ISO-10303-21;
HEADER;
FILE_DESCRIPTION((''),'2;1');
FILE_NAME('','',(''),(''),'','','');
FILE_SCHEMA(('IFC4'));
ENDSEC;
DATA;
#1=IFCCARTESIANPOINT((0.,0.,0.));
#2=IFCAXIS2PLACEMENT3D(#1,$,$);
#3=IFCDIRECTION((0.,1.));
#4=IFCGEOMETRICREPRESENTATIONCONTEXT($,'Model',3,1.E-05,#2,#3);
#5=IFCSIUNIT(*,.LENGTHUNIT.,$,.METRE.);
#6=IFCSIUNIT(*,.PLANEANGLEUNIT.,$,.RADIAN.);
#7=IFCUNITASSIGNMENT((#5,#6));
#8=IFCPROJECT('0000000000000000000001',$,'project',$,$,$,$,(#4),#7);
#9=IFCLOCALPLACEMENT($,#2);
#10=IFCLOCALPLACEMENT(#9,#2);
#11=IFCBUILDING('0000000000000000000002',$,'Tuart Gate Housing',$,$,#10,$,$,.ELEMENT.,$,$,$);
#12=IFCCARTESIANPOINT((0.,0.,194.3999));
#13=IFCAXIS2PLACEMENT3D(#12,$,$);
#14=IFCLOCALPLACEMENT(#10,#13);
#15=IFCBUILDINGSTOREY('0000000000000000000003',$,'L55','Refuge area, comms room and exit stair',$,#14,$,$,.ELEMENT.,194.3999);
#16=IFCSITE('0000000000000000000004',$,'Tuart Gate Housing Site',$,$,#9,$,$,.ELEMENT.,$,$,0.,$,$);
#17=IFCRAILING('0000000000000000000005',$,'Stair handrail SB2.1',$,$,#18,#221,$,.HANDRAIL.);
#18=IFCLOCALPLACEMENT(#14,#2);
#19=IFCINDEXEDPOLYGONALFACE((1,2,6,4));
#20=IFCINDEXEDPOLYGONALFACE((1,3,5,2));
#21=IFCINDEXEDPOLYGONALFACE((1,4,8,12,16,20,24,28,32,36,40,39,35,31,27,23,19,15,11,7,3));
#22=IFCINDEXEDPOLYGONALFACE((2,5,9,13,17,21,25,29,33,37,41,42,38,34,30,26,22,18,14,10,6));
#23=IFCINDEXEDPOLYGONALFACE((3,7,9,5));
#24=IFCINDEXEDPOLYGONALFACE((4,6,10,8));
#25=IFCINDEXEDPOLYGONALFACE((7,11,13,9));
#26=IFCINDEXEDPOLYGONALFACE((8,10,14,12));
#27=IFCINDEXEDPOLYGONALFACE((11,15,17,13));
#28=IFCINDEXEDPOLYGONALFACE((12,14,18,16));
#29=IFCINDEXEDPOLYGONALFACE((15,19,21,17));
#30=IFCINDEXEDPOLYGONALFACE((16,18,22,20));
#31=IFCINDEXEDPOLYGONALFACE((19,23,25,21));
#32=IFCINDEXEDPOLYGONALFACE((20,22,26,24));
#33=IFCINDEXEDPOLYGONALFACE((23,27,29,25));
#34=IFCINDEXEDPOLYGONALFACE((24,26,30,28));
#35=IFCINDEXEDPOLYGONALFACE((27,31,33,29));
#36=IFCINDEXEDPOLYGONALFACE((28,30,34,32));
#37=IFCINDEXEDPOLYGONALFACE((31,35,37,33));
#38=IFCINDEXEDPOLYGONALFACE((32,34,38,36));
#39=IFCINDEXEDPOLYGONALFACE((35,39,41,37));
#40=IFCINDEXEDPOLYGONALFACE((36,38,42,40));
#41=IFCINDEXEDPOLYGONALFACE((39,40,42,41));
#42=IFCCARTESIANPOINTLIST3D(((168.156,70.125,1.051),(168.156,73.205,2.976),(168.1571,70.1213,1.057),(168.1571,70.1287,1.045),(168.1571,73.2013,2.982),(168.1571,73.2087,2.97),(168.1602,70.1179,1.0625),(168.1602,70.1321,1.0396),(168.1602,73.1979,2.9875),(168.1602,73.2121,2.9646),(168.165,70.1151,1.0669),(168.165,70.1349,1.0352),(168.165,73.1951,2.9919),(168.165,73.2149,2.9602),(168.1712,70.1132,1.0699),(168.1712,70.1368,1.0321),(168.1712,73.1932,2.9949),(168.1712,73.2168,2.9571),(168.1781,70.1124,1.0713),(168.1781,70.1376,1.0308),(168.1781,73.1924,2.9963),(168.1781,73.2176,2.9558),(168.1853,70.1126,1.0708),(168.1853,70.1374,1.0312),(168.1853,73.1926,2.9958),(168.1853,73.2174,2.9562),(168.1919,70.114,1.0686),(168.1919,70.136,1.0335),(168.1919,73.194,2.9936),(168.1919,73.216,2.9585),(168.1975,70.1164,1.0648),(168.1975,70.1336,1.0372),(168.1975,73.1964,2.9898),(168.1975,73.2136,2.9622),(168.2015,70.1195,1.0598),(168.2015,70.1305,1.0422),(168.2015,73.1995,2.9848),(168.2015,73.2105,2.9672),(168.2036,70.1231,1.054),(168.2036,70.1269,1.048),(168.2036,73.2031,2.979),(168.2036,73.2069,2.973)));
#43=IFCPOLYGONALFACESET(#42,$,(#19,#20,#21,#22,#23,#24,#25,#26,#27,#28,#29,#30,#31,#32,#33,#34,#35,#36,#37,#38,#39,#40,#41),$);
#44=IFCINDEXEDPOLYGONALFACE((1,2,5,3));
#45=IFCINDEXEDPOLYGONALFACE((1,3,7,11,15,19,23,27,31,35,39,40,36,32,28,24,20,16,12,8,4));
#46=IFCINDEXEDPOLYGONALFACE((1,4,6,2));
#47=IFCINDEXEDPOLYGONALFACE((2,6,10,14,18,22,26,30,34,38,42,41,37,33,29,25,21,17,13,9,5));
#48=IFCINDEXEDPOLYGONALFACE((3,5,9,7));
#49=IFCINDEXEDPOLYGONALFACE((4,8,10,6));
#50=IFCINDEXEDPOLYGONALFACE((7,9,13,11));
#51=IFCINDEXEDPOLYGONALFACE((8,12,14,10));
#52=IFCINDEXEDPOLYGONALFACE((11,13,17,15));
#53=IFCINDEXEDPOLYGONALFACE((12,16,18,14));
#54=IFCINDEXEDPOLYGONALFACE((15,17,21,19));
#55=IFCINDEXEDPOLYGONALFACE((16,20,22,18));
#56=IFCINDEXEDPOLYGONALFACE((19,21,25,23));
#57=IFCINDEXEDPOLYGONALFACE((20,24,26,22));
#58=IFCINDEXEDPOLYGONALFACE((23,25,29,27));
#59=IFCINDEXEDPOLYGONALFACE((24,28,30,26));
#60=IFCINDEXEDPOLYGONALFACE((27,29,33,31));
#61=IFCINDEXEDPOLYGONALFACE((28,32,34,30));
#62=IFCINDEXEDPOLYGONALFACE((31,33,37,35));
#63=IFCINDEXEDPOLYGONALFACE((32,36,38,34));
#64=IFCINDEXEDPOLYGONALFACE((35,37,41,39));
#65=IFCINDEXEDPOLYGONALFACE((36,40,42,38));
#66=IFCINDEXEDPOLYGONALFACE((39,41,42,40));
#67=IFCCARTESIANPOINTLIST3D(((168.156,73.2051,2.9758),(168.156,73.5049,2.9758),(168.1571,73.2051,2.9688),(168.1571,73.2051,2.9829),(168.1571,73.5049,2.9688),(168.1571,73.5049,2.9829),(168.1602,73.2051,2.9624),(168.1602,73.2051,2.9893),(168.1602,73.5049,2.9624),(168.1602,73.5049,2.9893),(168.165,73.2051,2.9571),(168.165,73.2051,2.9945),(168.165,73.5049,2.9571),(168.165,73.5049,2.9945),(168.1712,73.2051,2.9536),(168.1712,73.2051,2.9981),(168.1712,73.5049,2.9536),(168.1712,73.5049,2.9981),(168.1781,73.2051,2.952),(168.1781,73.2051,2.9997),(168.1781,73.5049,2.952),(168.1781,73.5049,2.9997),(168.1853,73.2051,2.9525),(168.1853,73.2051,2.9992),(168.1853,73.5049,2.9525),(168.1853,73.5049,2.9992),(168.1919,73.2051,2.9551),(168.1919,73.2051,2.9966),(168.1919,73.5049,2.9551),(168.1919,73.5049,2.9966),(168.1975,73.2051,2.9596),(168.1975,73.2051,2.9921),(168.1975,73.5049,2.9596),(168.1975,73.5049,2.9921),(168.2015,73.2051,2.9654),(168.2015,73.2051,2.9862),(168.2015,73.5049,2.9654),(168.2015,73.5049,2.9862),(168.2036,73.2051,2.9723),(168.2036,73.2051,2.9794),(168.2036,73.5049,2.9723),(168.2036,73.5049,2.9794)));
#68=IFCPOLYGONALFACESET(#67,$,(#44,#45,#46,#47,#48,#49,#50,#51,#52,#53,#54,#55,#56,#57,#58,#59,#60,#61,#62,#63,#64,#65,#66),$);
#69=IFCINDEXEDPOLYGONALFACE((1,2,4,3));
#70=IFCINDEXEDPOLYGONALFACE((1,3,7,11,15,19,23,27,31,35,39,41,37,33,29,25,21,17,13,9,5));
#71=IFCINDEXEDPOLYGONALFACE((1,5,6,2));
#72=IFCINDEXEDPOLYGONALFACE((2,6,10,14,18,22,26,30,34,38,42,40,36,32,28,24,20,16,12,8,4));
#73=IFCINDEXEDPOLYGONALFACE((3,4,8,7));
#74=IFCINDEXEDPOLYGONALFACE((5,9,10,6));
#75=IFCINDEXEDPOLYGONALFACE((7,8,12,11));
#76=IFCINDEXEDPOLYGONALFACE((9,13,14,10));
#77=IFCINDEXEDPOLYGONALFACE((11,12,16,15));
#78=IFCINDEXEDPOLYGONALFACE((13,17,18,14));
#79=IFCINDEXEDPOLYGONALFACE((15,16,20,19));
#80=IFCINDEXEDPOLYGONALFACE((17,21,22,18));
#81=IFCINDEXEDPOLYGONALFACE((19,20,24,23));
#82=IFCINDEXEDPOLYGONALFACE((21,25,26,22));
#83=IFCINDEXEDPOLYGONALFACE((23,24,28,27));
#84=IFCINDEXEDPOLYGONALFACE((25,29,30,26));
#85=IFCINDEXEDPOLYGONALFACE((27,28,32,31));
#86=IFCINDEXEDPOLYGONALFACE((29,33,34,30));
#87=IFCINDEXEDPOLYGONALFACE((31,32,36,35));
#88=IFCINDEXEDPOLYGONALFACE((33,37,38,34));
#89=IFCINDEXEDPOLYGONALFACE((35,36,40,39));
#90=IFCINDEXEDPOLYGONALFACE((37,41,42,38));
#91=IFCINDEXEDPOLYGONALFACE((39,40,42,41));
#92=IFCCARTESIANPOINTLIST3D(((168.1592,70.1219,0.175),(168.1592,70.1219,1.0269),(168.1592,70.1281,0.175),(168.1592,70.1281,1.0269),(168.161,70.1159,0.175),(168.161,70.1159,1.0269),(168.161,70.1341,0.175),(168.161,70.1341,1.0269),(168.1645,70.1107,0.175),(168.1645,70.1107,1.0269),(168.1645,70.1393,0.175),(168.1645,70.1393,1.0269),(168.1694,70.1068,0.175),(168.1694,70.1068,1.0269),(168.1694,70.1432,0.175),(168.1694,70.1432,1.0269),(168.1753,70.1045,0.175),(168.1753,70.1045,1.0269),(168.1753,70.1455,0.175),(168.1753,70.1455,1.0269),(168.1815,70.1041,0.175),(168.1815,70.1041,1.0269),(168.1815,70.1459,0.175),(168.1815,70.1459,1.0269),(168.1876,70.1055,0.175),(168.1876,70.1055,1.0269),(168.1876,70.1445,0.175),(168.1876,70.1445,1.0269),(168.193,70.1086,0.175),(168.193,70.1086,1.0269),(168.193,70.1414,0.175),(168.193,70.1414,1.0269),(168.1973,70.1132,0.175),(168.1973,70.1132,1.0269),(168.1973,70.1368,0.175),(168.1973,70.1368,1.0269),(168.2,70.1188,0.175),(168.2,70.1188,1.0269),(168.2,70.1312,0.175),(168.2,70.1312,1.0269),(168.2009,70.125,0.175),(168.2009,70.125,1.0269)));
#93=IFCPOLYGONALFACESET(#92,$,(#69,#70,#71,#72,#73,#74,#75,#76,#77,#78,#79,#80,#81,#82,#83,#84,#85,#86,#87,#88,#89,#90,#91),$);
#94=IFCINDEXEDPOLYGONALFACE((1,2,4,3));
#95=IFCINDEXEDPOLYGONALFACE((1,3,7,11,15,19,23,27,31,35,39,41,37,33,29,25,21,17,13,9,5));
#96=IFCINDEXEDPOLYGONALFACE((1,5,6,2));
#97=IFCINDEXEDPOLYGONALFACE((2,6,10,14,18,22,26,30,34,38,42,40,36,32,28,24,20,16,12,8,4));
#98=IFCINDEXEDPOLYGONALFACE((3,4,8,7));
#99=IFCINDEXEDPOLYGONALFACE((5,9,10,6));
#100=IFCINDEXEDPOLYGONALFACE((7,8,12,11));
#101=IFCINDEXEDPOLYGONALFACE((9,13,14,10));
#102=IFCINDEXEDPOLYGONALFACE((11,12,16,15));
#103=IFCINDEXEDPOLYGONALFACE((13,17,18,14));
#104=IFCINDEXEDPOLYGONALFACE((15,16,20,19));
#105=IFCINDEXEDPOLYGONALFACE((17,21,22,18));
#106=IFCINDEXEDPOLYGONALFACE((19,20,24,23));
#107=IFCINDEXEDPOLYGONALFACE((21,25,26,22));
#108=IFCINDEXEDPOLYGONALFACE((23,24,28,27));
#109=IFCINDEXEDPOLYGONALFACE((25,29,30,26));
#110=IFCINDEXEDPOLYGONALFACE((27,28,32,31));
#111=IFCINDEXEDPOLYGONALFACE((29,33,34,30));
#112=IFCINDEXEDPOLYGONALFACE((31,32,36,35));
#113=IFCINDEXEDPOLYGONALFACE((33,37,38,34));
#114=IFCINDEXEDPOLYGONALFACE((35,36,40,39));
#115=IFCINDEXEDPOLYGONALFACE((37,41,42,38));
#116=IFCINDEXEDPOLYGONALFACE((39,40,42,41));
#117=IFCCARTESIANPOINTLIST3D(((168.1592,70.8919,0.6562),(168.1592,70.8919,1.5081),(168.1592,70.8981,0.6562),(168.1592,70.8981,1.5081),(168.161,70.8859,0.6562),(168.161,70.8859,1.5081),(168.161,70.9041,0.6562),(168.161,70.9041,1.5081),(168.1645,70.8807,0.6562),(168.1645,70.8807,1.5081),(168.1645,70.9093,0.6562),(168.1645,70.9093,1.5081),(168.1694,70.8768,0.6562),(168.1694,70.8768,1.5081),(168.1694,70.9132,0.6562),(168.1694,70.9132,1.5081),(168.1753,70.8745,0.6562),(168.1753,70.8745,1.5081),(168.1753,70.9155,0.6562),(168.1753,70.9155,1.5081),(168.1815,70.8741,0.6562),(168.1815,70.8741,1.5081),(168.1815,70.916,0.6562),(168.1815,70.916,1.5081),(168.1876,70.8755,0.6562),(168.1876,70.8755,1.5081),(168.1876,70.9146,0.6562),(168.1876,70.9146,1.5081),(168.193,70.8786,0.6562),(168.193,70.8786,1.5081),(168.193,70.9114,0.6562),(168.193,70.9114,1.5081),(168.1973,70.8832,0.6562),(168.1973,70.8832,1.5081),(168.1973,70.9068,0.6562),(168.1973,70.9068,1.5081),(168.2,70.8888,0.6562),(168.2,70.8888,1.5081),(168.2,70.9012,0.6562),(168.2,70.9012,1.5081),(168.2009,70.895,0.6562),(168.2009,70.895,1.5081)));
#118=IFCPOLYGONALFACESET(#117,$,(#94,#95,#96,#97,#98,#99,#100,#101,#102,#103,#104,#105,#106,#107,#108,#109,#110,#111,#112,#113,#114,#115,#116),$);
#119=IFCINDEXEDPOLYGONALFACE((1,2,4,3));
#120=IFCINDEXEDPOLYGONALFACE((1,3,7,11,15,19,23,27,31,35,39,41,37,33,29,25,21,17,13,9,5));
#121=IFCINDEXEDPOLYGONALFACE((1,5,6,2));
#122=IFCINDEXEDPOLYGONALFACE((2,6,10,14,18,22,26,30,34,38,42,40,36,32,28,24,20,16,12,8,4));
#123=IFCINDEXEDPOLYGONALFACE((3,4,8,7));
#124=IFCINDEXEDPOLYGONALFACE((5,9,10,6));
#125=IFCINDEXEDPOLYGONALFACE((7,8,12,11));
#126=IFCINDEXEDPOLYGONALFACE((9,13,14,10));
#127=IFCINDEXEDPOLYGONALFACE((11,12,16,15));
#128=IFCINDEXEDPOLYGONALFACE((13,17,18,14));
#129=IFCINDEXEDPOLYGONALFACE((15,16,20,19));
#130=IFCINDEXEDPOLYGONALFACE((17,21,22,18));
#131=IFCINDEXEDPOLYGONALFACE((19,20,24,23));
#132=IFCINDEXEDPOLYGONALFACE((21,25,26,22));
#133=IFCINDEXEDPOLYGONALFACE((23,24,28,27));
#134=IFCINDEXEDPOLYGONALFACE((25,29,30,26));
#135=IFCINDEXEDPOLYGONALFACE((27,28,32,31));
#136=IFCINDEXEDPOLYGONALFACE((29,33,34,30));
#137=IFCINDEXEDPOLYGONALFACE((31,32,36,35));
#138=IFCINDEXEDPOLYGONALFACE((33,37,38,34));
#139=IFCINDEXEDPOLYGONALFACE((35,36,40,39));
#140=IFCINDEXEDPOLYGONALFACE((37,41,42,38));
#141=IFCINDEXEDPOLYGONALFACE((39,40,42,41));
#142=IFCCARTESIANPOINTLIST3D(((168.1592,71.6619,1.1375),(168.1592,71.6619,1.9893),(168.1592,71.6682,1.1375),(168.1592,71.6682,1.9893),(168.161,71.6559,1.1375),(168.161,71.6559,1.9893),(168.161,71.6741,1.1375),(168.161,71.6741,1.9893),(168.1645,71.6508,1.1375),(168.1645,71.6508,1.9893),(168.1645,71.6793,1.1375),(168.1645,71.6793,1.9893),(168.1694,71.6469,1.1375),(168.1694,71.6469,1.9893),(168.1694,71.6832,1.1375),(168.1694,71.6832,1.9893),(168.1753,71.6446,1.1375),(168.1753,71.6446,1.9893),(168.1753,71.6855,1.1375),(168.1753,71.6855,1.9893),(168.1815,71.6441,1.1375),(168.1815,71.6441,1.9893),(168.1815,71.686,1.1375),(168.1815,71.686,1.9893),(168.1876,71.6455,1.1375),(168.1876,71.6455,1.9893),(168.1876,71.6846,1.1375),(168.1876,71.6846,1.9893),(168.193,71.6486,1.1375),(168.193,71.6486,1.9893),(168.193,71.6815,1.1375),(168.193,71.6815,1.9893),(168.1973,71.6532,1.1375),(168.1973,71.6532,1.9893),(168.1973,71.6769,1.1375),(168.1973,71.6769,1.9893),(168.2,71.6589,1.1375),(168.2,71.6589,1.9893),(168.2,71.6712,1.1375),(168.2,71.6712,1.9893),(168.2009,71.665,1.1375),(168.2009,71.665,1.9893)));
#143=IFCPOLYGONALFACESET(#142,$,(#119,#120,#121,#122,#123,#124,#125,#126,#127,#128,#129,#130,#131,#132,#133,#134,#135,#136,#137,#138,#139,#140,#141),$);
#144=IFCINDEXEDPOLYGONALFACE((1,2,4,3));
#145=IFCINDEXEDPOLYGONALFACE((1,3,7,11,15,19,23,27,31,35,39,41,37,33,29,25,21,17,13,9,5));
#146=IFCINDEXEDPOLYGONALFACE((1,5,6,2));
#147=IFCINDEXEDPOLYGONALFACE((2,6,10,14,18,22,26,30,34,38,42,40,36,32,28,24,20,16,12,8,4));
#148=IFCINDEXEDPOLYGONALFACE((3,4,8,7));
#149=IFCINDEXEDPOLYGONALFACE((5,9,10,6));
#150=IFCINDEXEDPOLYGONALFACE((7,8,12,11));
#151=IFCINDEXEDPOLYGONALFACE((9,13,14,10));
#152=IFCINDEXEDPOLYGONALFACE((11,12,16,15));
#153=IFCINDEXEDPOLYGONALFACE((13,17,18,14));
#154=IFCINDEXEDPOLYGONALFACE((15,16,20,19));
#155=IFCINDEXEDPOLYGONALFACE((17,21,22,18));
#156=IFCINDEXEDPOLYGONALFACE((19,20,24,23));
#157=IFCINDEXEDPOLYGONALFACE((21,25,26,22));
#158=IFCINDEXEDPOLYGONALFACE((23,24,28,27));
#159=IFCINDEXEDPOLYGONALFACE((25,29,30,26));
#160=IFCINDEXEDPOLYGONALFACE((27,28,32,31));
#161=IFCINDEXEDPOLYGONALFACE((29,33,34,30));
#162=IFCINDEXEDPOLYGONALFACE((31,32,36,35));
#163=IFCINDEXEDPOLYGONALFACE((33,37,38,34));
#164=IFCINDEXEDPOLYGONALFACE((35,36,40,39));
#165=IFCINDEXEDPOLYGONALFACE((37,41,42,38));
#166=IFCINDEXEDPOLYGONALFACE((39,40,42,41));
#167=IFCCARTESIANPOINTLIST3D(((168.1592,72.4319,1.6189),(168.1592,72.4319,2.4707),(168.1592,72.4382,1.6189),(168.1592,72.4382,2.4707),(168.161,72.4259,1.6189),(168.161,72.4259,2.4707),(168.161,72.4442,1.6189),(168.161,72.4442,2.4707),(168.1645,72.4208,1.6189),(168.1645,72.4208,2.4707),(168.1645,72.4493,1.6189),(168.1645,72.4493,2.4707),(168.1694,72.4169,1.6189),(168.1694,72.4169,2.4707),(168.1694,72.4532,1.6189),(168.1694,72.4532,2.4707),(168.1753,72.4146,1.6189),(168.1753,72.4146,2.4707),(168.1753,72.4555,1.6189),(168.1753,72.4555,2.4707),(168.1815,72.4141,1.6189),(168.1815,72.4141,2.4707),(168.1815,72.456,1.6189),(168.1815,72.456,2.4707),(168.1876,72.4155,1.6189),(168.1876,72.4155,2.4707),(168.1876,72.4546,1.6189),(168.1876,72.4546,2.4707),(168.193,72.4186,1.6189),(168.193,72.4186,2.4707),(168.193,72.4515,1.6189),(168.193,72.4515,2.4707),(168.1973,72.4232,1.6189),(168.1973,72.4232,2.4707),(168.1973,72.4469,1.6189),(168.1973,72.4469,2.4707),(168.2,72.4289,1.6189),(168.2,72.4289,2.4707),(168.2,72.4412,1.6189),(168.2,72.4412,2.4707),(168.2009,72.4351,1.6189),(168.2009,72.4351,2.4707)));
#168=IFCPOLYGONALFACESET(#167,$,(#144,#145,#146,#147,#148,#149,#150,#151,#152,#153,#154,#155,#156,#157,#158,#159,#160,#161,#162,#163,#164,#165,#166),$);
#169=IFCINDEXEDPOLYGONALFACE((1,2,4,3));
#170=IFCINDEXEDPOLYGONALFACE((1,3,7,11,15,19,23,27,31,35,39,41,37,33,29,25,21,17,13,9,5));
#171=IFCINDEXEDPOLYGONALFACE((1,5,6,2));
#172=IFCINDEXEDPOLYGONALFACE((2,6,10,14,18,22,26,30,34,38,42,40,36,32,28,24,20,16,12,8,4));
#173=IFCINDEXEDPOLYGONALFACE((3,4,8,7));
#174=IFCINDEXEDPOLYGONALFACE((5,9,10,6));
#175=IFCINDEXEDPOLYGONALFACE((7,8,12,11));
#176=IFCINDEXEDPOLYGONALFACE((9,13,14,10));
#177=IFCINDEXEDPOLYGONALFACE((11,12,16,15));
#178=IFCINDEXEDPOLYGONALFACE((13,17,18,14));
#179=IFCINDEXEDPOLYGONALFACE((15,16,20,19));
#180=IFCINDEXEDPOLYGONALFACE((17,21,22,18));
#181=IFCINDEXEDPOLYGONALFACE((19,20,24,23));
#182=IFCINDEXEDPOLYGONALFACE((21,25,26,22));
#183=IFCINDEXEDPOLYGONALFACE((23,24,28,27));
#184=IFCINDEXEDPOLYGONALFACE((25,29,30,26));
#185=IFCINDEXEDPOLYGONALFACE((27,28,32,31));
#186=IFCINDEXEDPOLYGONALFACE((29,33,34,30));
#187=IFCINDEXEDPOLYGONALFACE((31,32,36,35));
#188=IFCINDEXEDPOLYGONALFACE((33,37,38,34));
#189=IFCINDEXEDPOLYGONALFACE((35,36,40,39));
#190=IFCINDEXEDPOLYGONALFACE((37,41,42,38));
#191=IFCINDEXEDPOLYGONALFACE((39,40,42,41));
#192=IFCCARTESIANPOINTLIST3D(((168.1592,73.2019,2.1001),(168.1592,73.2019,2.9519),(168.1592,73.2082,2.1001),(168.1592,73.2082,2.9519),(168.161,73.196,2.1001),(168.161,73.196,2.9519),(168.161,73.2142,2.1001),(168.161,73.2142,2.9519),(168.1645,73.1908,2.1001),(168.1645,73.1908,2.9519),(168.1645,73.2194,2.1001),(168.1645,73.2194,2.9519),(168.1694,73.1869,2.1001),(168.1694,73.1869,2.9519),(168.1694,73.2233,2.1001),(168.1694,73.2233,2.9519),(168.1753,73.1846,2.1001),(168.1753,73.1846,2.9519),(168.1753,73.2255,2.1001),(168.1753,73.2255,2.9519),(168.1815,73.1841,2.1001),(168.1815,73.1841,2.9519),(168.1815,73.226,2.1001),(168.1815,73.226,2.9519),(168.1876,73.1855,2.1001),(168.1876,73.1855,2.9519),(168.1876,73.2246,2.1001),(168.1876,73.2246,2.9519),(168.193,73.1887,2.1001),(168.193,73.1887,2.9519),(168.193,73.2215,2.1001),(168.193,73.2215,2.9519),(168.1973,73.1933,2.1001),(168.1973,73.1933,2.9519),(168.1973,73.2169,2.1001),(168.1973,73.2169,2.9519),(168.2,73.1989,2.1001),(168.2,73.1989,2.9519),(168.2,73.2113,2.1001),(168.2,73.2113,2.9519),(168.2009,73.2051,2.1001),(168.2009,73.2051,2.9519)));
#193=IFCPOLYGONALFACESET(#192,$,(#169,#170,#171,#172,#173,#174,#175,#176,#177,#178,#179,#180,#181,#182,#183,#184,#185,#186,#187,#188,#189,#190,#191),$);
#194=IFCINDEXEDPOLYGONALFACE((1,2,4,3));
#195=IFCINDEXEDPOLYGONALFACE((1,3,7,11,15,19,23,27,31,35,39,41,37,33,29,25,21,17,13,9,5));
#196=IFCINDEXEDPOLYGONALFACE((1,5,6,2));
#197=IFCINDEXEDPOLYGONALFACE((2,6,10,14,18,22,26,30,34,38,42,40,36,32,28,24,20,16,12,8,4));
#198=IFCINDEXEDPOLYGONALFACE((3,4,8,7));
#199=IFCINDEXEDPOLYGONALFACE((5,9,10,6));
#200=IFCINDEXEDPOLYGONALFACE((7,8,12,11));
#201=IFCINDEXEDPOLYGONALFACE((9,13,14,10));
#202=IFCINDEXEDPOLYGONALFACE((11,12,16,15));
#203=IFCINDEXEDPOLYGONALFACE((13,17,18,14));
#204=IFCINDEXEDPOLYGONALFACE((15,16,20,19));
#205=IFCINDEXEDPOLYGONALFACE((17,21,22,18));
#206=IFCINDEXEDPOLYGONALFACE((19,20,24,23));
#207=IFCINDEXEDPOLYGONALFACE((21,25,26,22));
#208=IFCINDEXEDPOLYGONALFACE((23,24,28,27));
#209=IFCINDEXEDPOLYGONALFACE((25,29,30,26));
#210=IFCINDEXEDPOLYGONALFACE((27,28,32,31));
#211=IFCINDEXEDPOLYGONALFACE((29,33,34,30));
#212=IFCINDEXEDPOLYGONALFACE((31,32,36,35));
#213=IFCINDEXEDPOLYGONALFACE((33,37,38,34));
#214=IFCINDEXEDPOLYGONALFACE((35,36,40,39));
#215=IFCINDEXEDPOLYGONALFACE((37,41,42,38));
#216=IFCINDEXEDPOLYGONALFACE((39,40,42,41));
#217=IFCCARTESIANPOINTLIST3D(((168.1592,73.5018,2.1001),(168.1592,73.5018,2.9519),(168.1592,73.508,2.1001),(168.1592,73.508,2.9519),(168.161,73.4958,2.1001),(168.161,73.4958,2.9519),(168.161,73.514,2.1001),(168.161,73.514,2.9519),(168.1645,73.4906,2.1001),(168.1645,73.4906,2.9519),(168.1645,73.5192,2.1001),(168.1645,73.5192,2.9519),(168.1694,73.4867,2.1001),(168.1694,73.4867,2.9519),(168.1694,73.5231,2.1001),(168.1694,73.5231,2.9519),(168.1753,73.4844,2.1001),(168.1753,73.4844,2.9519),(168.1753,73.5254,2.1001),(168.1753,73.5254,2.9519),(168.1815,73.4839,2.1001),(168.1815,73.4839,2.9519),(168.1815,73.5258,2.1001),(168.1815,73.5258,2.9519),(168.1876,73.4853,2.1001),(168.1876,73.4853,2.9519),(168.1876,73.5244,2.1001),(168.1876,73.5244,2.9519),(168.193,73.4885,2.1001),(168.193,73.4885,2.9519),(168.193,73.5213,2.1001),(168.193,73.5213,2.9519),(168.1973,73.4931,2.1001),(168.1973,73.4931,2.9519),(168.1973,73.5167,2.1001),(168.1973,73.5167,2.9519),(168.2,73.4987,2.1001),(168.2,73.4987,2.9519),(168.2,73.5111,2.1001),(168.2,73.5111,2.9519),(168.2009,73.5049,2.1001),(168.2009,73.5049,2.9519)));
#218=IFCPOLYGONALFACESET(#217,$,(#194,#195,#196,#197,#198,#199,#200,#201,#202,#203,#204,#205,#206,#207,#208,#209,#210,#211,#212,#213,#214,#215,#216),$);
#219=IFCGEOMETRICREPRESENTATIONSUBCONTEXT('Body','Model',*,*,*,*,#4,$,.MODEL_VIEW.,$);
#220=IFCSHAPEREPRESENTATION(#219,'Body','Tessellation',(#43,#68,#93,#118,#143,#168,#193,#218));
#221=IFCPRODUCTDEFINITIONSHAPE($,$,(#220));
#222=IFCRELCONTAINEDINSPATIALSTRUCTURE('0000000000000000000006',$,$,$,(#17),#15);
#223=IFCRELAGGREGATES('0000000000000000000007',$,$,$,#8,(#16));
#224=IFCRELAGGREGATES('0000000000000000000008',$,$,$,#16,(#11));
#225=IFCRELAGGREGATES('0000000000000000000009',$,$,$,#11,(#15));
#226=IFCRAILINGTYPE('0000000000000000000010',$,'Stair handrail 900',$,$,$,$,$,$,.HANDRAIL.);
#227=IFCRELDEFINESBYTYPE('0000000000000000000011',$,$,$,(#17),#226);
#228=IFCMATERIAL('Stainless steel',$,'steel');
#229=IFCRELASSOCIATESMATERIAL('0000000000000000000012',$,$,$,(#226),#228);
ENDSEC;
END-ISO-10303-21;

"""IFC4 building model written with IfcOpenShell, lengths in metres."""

from ifc_helpers import new_model, si_unit, direction, frame, origin, origin_2d, place, context, subcontext, project, spatial, circle, extrude, material, type_object, element, save


model = new_model("IFC4")

# Units and contexts
model_context = context("Model", 3, precision=1e-05, world=origin(), true_north=direction((0.0, 1.0)))
body_context = subcontext(model_context, "Body", "Model", "MODEL_VIEW")
ifc_project = project(units=[si_unit("LENGTHUNIT", "METRE"), si_unit("PLANEANGLEUNIT", "RADIAN")], contexts=[model_context])

# Site, building, storey
site_placement = place(None, origin())
site = spatial("IfcSite", under=ifc_project, at=site_placement, Name="Tuart Gate Housing Site", CompositionType="ELEMENT", RefElevation=0.0)
building_placement = place(site_placement, origin())
building = spatial("IfcBuilding", under=site, at=building_placement, Name="Tuart Gate Housing", CompositionType="ELEMENT")
storey_placement = place(building_placement, frame((0.0, 0.0, 194.3999)))
storey = spatial("IfcBuildingStorey", under=building, at=storey_placement, Name="L55", Description="Refuge area, comms room and exit stair", CompositionType="ELEMENT", Elevation=194.3999)

# Railing
ifc_material_1 = material(Name="Stainless steel", Category="steel")
railing_type = type_object("IfcRailingType", Name="Stair handrail 900", PredefinedType="HANDRAIL", material=ifc_material_1)
railing_placement = place(storey_placement, frame((168.1799, 70.125, 0.175)))
element("IfcRailing", 1, at=railing_placement, inside=storey, type_object=railing_type, Name="Stair handrail SB2.1", PredefinedType="HANDRAIL", context=body_context, shape_type="SweptSolid", body=[
    extrude(circle(Radius=0.0239, at=origin_2d()), frame((0.0, 0.0, 0.876), z_axis=(0.0, 0.847998, 0.529999), x_axis=(-1.0, 0.0, 0.0)), (0.0, 0.0, 1.0), 3.6321),
    extrude(circle(Radius=0.0239, at=origin_2d()), frame((0.0, 3.0801, 2.8008), z_axis=(0.0, 1.0, 0.0), x_axis=(-1.0, 0.0, 0.0)), (0.0, 0.0, 1.0), 0.2998),
    extrude(circle(Radius=0.021, at=origin_2d()), origin(), (0.0, 0.0, 1.0), 0.8518),
    extrude(circle(Radius=0.021, at=origin_2d()), frame((0.0, 0.77, 0.4812)), (0.0, 0.0, 1.0), 0.8518),
    extrude(circle(Radius=0.021, at=origin_2d()), frame((0.0, 1.54, 0.9624)), (0.0, 0.0, 1.0), 0.8518),
    extrude(circle(Radius=0.021, at=origin_2d()), frame((0.0, 2.3101, 1.4438)), (0.0, 0.0, 1.0), 0.8518),
    extrude(circle(Radius=0.021, at=origin_2d()), frame((0.0, 3.0801, 1.925)), (0.0, 0.0, 1.0), 0.8518),
    extrude(circle(Radius=0.021, at=origin_2d()), frame((0.0, 3.3799, 1.925)), (0.0, 0.0, 1.0), 0.8518),
])

save(model, "model.ifc")
